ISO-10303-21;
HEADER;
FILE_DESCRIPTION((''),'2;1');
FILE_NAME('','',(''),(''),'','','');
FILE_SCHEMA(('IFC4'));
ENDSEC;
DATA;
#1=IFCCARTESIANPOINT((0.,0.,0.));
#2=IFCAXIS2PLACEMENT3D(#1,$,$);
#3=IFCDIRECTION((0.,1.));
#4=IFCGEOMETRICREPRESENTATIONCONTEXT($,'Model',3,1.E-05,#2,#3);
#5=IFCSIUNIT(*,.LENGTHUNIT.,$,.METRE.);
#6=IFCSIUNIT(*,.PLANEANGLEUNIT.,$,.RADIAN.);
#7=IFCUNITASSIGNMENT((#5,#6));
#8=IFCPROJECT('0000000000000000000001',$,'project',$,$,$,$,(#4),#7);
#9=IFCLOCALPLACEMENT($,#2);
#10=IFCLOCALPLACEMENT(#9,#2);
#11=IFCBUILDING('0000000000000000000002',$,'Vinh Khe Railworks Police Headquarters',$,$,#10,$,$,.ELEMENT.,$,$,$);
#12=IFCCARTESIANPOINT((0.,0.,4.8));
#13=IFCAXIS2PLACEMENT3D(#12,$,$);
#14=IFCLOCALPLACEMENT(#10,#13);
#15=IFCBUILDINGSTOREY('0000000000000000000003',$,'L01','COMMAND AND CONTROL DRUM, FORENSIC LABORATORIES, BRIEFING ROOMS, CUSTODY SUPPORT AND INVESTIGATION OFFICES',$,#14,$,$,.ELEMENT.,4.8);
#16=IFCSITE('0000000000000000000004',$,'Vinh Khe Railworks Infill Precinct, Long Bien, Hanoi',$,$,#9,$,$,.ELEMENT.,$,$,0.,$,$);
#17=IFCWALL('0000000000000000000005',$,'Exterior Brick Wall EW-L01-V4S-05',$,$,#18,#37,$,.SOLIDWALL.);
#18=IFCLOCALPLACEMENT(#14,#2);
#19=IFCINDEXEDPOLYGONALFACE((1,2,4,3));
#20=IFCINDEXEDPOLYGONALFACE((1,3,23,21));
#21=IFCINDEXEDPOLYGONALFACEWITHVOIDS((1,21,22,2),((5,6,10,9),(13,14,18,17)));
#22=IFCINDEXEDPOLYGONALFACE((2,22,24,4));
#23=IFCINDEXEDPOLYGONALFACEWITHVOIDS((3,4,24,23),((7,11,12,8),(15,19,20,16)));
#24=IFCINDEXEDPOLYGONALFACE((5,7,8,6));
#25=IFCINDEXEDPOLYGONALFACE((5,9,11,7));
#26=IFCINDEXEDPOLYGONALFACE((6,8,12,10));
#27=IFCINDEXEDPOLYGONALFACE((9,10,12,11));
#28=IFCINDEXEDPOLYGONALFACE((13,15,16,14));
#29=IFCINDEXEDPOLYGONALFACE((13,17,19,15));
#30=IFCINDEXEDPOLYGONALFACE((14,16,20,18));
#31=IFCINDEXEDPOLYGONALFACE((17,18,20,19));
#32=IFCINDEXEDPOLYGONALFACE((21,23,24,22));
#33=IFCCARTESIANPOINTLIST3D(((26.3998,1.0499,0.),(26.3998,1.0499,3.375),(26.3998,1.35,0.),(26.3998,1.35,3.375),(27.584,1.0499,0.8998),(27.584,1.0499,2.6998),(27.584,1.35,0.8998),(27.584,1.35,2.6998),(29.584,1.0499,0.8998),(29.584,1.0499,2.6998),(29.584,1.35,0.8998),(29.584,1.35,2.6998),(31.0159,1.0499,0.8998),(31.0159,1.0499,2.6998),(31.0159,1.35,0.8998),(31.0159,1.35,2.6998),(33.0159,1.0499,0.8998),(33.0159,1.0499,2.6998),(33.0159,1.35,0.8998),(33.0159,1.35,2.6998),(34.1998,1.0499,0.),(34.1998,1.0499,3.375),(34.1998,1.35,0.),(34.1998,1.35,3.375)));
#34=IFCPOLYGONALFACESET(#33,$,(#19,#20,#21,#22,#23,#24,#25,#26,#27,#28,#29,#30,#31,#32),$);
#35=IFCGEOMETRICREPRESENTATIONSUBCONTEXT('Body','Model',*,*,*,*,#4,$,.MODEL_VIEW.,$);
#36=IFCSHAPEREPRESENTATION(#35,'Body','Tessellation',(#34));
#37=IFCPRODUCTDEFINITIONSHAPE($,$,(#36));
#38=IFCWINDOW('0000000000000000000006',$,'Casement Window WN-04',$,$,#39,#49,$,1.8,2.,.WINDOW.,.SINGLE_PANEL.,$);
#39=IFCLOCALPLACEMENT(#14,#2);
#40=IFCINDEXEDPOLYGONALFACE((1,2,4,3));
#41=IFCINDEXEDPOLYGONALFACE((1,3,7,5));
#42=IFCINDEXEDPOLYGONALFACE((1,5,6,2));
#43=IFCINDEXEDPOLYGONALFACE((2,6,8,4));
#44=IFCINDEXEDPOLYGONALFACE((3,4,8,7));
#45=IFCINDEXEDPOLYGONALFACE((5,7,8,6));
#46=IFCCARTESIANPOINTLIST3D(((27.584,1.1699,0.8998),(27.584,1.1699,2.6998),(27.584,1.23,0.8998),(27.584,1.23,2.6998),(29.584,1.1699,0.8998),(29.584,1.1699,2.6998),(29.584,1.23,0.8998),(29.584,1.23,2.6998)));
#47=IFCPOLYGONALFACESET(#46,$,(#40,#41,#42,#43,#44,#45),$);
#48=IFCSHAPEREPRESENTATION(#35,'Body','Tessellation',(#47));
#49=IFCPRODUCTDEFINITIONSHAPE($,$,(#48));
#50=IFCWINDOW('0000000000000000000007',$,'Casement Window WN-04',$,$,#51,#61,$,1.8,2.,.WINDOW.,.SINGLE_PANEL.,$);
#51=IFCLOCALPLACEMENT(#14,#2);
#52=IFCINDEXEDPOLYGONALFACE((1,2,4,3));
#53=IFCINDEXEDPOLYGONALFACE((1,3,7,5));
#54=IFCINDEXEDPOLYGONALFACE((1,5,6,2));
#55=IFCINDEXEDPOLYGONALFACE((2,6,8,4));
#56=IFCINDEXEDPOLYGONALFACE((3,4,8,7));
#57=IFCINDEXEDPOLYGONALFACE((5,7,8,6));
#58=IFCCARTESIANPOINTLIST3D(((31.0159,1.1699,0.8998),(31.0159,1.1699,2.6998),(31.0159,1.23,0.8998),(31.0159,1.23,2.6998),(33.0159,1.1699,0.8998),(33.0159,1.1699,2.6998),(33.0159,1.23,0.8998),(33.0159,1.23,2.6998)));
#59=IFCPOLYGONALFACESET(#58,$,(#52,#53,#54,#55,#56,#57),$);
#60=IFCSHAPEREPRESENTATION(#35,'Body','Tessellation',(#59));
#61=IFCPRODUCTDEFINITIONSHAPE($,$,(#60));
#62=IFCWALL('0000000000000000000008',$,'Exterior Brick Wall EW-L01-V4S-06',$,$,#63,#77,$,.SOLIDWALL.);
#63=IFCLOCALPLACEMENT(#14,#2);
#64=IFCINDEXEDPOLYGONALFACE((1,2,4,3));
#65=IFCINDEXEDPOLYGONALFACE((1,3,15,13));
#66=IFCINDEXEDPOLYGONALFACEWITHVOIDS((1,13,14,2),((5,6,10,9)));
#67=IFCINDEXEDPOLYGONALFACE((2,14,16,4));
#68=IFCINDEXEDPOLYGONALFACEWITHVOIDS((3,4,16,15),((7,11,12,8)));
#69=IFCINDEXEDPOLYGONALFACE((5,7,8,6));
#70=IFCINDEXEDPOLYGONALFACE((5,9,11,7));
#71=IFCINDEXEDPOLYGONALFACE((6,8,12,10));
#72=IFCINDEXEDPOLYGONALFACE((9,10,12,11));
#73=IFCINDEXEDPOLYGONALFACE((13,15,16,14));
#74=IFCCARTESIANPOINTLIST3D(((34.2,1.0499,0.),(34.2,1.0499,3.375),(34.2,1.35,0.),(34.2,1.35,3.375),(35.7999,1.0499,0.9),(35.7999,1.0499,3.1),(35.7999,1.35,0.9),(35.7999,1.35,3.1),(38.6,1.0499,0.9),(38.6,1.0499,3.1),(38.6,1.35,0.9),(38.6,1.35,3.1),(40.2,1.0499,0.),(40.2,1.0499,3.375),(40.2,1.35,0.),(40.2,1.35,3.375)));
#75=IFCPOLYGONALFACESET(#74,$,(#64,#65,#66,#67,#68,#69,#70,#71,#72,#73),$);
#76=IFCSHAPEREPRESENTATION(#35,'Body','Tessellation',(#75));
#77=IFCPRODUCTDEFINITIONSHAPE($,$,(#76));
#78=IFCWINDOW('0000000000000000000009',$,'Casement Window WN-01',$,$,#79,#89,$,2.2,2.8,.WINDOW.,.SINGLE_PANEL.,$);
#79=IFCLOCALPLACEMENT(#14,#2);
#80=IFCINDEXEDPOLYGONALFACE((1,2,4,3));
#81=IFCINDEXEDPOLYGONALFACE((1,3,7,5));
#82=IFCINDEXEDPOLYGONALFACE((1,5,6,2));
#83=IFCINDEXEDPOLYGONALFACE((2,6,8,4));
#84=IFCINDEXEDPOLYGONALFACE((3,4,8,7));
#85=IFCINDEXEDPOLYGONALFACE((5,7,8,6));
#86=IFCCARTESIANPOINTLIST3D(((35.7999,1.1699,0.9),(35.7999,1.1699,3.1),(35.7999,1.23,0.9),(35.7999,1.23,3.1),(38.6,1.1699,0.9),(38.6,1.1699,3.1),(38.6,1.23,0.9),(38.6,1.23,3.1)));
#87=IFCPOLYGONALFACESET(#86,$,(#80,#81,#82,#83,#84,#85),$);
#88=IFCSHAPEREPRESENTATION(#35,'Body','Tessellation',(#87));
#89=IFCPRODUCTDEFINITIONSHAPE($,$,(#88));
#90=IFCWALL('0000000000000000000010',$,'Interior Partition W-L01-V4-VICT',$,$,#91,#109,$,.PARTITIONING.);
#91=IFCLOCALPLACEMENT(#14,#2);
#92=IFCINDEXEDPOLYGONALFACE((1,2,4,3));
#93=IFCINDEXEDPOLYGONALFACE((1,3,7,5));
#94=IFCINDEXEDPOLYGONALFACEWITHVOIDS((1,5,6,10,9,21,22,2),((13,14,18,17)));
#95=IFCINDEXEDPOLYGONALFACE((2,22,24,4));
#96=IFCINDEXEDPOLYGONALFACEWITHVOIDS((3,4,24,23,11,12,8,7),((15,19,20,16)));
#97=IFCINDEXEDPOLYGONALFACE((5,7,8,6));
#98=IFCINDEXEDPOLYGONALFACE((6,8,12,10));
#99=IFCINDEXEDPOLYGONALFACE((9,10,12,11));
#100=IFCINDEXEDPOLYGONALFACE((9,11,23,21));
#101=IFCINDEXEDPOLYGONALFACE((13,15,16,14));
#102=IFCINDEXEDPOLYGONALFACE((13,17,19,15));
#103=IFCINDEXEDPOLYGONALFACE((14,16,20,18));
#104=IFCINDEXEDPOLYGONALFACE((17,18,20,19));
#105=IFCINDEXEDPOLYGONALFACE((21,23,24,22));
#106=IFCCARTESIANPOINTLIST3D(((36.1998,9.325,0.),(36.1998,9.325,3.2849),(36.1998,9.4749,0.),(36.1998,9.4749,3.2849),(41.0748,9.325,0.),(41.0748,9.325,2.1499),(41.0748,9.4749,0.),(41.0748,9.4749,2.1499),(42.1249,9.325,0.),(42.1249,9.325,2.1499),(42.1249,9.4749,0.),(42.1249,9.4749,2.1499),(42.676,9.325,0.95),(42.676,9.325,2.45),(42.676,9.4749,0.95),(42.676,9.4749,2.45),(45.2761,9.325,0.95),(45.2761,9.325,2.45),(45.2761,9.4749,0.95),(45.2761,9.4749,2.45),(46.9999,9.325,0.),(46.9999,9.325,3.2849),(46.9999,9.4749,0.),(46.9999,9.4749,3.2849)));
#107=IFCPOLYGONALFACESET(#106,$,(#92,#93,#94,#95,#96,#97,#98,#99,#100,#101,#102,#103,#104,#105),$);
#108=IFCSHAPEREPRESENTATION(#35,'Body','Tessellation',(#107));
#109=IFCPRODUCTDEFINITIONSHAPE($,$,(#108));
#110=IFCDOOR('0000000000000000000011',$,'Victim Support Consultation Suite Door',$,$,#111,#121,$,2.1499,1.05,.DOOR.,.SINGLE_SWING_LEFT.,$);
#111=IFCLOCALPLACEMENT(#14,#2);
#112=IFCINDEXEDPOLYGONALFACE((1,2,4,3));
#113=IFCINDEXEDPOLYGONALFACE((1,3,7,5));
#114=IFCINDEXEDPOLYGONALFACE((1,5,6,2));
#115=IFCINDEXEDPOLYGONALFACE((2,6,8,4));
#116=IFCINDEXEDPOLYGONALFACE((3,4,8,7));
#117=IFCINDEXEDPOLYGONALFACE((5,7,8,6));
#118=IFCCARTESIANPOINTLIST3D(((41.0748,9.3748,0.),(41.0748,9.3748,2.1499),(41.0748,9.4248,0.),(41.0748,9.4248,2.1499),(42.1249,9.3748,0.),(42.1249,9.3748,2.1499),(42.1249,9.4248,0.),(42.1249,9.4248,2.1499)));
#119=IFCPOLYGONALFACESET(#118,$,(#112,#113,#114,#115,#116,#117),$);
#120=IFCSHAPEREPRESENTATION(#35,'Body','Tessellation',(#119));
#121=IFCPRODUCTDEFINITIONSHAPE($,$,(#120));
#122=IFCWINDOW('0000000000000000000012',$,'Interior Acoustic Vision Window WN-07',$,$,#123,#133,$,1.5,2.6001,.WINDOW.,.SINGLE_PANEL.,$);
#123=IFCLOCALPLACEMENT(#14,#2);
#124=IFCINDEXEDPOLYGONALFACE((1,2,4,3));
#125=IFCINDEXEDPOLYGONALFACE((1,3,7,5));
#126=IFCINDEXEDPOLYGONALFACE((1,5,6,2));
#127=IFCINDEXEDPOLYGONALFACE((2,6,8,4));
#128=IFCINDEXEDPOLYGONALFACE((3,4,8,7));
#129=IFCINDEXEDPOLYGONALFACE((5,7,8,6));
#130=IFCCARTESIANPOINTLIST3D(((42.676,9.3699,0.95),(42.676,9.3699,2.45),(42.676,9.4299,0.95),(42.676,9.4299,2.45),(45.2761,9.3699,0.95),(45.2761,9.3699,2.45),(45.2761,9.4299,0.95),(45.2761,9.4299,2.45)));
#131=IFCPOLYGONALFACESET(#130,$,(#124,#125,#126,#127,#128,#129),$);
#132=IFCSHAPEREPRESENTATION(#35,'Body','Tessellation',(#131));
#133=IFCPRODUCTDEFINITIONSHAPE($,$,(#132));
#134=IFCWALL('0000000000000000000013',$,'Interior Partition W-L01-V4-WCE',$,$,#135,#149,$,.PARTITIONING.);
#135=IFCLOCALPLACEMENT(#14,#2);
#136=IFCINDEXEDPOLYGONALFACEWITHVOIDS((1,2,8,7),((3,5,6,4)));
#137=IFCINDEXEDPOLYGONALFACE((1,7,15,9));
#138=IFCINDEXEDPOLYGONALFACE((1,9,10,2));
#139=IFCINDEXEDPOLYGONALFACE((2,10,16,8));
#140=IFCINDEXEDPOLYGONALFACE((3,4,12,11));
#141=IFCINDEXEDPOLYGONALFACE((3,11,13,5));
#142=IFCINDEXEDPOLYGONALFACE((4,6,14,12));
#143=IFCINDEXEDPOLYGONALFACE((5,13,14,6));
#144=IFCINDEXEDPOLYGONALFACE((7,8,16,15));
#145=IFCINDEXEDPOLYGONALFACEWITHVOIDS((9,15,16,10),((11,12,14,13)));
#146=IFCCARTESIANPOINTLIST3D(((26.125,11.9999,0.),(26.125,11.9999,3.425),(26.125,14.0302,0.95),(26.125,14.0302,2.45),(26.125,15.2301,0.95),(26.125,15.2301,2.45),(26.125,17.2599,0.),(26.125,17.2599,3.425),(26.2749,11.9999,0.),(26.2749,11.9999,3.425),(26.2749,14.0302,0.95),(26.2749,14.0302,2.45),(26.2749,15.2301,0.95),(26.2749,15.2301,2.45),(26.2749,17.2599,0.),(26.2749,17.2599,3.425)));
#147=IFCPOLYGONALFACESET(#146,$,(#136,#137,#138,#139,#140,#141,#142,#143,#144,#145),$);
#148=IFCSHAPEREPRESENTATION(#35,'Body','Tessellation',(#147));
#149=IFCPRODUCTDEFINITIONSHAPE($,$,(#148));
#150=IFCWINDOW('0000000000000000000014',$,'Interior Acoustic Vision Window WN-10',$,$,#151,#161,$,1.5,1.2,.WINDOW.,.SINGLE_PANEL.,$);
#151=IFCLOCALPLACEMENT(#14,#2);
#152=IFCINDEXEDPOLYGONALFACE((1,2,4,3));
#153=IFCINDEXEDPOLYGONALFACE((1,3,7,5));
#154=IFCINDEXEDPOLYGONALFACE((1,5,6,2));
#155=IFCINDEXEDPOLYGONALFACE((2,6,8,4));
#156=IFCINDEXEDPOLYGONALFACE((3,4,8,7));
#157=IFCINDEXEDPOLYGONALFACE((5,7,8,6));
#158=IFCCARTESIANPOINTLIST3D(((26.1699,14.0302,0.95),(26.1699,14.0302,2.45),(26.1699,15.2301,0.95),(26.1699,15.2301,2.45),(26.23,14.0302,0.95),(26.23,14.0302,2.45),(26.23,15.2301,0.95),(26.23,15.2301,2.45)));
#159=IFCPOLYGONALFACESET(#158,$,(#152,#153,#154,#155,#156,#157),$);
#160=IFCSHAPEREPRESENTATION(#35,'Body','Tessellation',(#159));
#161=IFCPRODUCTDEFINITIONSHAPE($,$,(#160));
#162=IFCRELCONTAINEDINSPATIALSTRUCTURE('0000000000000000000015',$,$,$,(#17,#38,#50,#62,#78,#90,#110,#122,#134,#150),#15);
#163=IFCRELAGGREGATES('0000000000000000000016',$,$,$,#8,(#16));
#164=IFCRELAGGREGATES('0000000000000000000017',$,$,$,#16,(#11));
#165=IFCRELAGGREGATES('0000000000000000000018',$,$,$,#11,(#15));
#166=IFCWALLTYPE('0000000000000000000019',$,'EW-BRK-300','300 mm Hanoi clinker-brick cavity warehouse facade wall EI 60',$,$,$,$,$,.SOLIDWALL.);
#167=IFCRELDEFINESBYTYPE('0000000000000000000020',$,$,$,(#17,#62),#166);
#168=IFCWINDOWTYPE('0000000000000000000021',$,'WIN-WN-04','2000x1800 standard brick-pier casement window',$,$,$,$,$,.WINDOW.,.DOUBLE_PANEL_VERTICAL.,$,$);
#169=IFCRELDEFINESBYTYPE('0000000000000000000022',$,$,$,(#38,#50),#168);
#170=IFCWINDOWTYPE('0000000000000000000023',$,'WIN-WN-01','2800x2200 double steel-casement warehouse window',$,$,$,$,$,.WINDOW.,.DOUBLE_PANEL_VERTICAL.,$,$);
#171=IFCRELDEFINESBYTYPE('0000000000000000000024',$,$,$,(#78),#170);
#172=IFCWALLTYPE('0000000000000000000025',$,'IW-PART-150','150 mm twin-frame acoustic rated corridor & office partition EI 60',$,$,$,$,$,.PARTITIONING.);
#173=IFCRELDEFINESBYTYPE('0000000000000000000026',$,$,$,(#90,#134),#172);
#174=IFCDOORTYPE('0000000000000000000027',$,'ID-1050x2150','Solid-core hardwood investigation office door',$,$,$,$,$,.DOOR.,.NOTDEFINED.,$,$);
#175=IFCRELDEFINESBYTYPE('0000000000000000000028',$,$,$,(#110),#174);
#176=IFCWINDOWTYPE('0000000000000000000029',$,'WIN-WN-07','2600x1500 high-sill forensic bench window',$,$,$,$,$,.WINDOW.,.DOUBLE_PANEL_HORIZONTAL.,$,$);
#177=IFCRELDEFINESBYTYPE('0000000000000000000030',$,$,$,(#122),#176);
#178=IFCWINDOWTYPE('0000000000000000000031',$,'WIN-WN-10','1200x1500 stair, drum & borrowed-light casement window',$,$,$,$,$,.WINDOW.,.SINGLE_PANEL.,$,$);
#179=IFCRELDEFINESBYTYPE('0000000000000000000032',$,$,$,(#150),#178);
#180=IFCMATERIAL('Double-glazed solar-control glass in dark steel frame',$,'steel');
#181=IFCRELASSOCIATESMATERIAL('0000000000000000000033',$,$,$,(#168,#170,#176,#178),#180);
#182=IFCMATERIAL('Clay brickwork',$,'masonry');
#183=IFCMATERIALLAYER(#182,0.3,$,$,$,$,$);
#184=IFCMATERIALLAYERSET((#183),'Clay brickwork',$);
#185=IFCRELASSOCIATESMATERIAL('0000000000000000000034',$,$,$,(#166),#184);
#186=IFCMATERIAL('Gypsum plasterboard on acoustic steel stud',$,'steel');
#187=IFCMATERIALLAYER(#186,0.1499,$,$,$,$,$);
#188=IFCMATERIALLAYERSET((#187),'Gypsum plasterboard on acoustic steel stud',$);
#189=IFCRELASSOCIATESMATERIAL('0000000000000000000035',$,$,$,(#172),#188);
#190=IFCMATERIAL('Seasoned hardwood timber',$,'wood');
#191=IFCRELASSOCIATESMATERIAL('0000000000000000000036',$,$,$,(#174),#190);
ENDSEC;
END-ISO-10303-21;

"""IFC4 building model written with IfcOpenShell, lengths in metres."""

from ifc_helpers import new_model, si_unit, direction, frame, frame_2d, origin, place, context, subcontext, project, spatial, rectangle, extrude, material, layer, layer_set, type_object, element, fill, save


model = new_model("IFC4")

# Units and contexts
model_context = context("Model", 3, precision=1e-05, world=origin(), true_north=direction((0.0, 1.0)))
body_context = subcontext(model_context, "Body", "Model", "MODEL_VIEW")
ifc_project = project(units=[si_unit("LENGTHUNIT", "METRE"), si_unit("PLANEANGLEUNIT", "RADIAN")], contexts=[model_context])

# Site, building, storey
site_placement = place(None, origin())
site = spatial("IfcSite", under=ifc_project, at=site_placement, Name="Vinh Khe Railworks Infill Precinct, Long Bien, Hanoi", CompositionType="ELEMENT", RefElevation=0.0)
building_placement = place(site_placement, origin())
building = spatial("IfcBuilding", under=site, at=building_placement, Name="Vinh Khe Railworks Police Headquarters", CompositionType="ELEMENT")
storey_placement = place(building_placement, frame((0.0, 0.0, 4.8)))
storey = spatial("IfcBuildingStorey", under=building, at=storey_placement, Name="L01", Description="COMMAND AND CONTROL DRUM, FORENSIC LABORATORIES, BRIEFING ROOMS, CUSTODY SUPPORT AND INVESTIGATION OFFICES", CompositionType="ELEMENT", Elevation=4.8)

# Wall, openings, windows
ifc_material_1 = material(Name="Clay brickwork", Category="masonry")
ifc_material_2 = material(Name="Double-glazed solar-control glass in dark steel frame", Category="steel")
window_type_1 = type_object("IfcWindowType", Name="WIN-WN-04", Description="2000x1800 standard brick-pier casement window", PartitioningType="DOUBLE_PANEL_VERTICAL", PredefinedType="WINDOW", material=ifc_material_2)
ifc_layer_1 = layer(ifc_material_1, 0.3)
ifc_layer_set_1 = layer_set([ifc_layer_1], Name="Clay brickwork")
wall_type_1 = type_object("IfcWallType", Name="EW-BRK-300", Description="300 mm Hanoi clinker-brick cavity warehouse facade wall EI 60", PredefinedType="SOLIDWALL", material=ifc_layer_set_1)
wall_1_placement = place(storey_placement, frame((26.3999, 1.2, 0.0), z_axis=(0.0, 0.0, 1.0), x_axis=(1.0, 0.0, 0.0)))
wall_1 = element("IfcWall", 1, at=wall_1_placement, inside=storey, type_object=wall_type_1, Name="Exterior Brick Wall EW-L01-V4S-05", PredefinedType="SOLIDWALL", context=body_context, shape_type="SweptSolid", body=[
    extrude(rectangle(XDim=7.8, YDim=0.3, at=frame_2d((3.8999, 0.0))), origin(), (0.0, 0.0, 1.0), 3.375),
])
opening_1_placement = place(wall_1_placement, frame((1.1841, 0.0, 0.8999)))
opening_1 = element("IfcOpeningElement", 2, at=opening_1_placement, cuts=wall_1, PredefinedType="OPENING", context=body_context, shape_type="SweptSolid", body=[
    extrude(rectangle(XDim=2.0, YDim=1.8, at=frame_2d((1.0, 0.8999))), frame((0.0, 0.165, 0.0), z_axis=(0.0, -1.0, 0.0), x_axis=(1.0, 0.0, 0.0)), (0.0, 0.0, 1.0), 0.3298),
])
opening_2_placement = place(wall_1_placement, frame((4.616, 0.0, 0.8999)))
opening_2 = element("IfcOpeningElement", 3, at=opening_2_placement, cuts=wall_1, PredefinedType="OPENING", context=body_context, shape_type="SweptSolid", body=[
    extrude(rectangle(XDim=2.0, YDim=1.8, at=frame_2d((1.0, 0.8999))), frame((0.0, 0.165, 0.0), z_axis=(0.0, -1.0, 0.0), x_axis=(1.0, 0.0, 0.0)), (0.0, 0.0, 1.0), 0.3298),
])
window_1_placement = place(opening_1_placement, origin())
window_1 = element("IfcWindow", 4, at=window_1_placement, inside=storey, type_object=window_type_1, Name="Casement Window WN-04", OverallHeight=1.8, OverallWidth=2.0, PartitioningType="SINGLE_PANEL", PredefinedType="WINDOW", context=body_context, shape_type="SweptSolid", body=[
    extrude(rectangle(XDim=2.0, YDim=1.8, at=frame_2d((1.0, 0.8999))), frame((0.0, 0.03, 0.0), z_axis=(0.0, -1.0, 0.0), x_axis=(1.0, 0.0, 0.0)), (0.0, 0.0, 1.0), 0.0601),
])
fill(opening_1, window_1)
window_2_placement = place(opening_2_placement, origin())
window_2 = element("IfcWindow", 5, at=window_2_placement, inside=storey, type_object=window_type_1, Name="Casement Window WN-04", OverallHeight=1.8, OverallWidth=2.0, PartitioningType="SINGLE_PANEL", PredefinedType="WINDOW", context=body_context, shape_type="SweptSolid", body=[
    extrude(rectangle(XDim=2.0, YDim=1.8, at=frame_2d((1.0, 0.8999))), frame((0.0, 0.03, 0.0), z_axis=(0.0, -1.0, 0.0), x_axis=(1.0, 0.0, 0.0)), (0.0, 0.0, 1.0), 0.0601),
])
fill(opening_2, window_2)

# Wall, opening, window
wall_2_placement = place(storey_placement, frame((34.2, 1.2, 0.0), z_axis=(0.0, 0.0, 1.0), x_axis=(1.0, 0.0, 0.0)))
wall_2 = element("IfcWall", 6, at=wall_2_placement, inside=storey, type_object=wall_type_1, Name="Exterior Brick Wall EW-L01-V4S-06", PredefinedType="SOLIDWALL", context=body_context, shape_type="SweptSolid", body=[
    extrude(rectangle(XDim=6.0, YDim=0.3, at=frame_2d((3.0, 0.0))), origin(), (0.0, 0.0, 1.0), 3.375),
])
opening_3_placement = place(wall_2_placement, frame((1.6001, 0.0, 0.8999)))
opening_3 = element("IfcOpeningElement", 7, at=opening_3_placement, cuts=wall_2, PredefinedType="OPENING", context=body_context, shape_type="SweptSolid", body=[
    extrude(rectangle(XDim=2.8, YDim=2.2, at=frame_2d((1.3999, 1.1001))), frame((0.0, 0.165, 0.0), z_axis=(0.0, -1.0, 0.0), x_axis=(1.0, 0.0, 0.0)), (0.0, 0.0, 1.0), 0.3298),
])
window_type_2 = type_object("IfcWindowType", Name="WIN-WN-01", Description="2800x2200 double steel-casement warehouse window", PartitioningType="DOUBLE_PANEL_VERTICAL", PredefinedType="WINDOW", material=ifc_material_2)
window_3_placement = place(opening_3_placement, origin())
window_3 = element("IfcWindow", 8, at=window_3_placement, inside=storey, type_object=window_type_2, Name="Casement Window WN-01", OverallHeight=2.2, OverallWidth=2.8, PartitioningType="SINGLE_PANEL", PredefinedType="WINDOW", context=body_context, shape_type="SweptSolid", body=[
    extrude(rectangle(XDim=2.8, YDim=2.2, at=frame_2d((1.3999, 1.1001))), frame((0.0, 0.03, 0.0), z_axis=(0.0, -1.0, 0.0), x_axis=(1.0, 0.0, 0.0)), (0.0, 0.0, 1.0), 0.0601),
])
fill(opening_3, window_3)

# Wall, openings, door, window
ifc_material_3 = material(Name="Gypsum plasterboard on acoustic steel stud", Category="steel")
ifc_layer_2 = layer(ifc_material_3, 0.1499)
ifc_layer_set_2 = layer_set([ifc_layer_2], Name="Gypsum plasterboard on acoustic steel stud")
wall_type_2 = type_object("IfcWallType", Name="IW-PART-150", Description="150 mm twin-frame acoustic rated corridor & office partition EI 60", PredefinedType="PARTITIONING", material=ifc_layer_set_2)
wall_3_placement = place(storey_placement, frame((36.2, 9.3999, 0.0), z_axis=(0.0, 0.0, 1.0), x_axis=(1.0, 0.0, 0.0)))
wall_3 = element("IfcWall", 9, at=wall_3_placement, inside=storey, type_object=wall_type_2, Name="Interior Partition W-L01-V4-VICT", PredefinedType="PARTITIONING", context=body_context, shape_type="SweptSolid", body=[
    extrude(rectangle(XDim=10.8, YDim=0.1499, at=frame_2d((5.3999, 0.0))), origin(), (0.0, 0.0, 1.0), 3.2849),
])
opening_4_placement = place(wall_3_placement, frame((4.875, 0.0, 0.0)))
opening_4 = element("IfcOpeningElement", 10, at=opening_4_placement, cuts=wall_3, PredefinedType="OPENING", context=body_context, shape_type="SweptSolid", body=[
    extrude(rectangle(XDim=1.05, YDim=2.1499, at=frame_2d((0.5249, 1.075))), frame((0.0, 0.0898, 0.0), z_axis=(0.0, -1.0, 0.0), x_axis=(1.0, 0.0, 0.0)), (0.0, 0.0, 1.0), 0.1797),
])
opening_5_placement = place(wall_3_placement, frame((6.4761, 0.0, 0.95)))
opening_5 = element("IfcOpeningElement", 11, at=opening_5_placement, cuts=wall_3, PredefinedType="OPENING", context=body_context, shape_type="SweptSolid", body=[
    extrude(rectangle(XDim=2.6001, YDim=1.5, at=frame_2d((1.3, 0.75))), frame((0.0, 0.0898, 0.0), z_axis=(0.0, -1.0, 0.0), x_axis=(1.0, 0.0, 0.0)), (0.0, 0.0, 1.0), 0.1797),
])
ifc_material_4 = material(Name="Seasoned hardwood timber", Category="wood")
door_type = type_object("IfcDoorType", Name="ID-1050x2150", Description="Solid-core hardwood investigation office door", OperationType="NOTDEFINED", PredefinedType="DOOR", material=ifc_material_4)
door_placement = place(opening_4_placement, origin())
door = element("IfcDoor", 12, at=door_placement, inside=storey, type_object=door_type, Name="Victim Support Consultation Suite Door", OperationType="SINGLE_SWING_LEFT", OverallHeight=2.1499, OverallWidth=1.05, PredefinedType="DOOR", context=body_context, shape_type="SweptSolid", body=[
    extrude(rectangle(XDim=1.05, YDim=2.1499, at=frame_2d((0.5249, 1.075))), frame((0.0, 0.0249, 0.0), z_axis=(0.0, -1.0, 0.0), x_axis=(1.0, 0.0, 0.0)), (0.0, 0.0, 1.0), 0.05),
])
fill(opening_4, door)
window_type_3 = type_object("IfcWindowType", Name="WIN-WN-07", Description="2600x1500 high-sill forensic bench window", PartitioningType="DOUBLE_PANEL_HORIZONTAL", PredefinedType="WINDOW", material=ifc_material_2)
window_4_placement = place(opening_5_placement, origin())
window_4 = element("IfcWindow", 13, at=window_4_placement, inside=storey, type_object=window_type_3, Name="Interior Acoustic Vision Window WN-07", OverallHeight=1.5, OverallWidth=2.6001, PartitioningType="SINGLE_PANEL", PredefinedType="WINDOW", context=body_context, shape_type="SweptSolid", body=[
    extrude(rectangle(XDim=2.6001, YDim=1.5, at=frame_2d((1.3, 0.75))), frame((0.0, 0.03, 0.0), z_axis=(0.0, -1.0, 0.0), x_axis=(1.0, 0.0, 0.0)), (0.0, 0.0, 1.0), 0.0601),
])
fill(opening_5, window_4)

# Wall, opening, window
wall_4_placement = place(storey_placement, frame((26.2, 12.0, 0.0), z_axis=(0.0, 0.0, 1.0), x_axis=(0.0, 1.0, 0.0)))
wall_4 = element("IfcWall", 14, at=wall_4_placement, inside=storey, type_object=wall_type_2, Name="Interior Partition W-L01-V4-WCE", PredefinedType="PARTITIONING", context=body_context, shape_type="SweptSolid", body=[
    extrude(rectangle(XDim=5.26, YDim=0.1499, at=frame_2d((2.6299, 0.0))), origin(), (0.0, 0.0, 1.0), 3.425),
])
opening_6_placement = place(wall_4_placement, frame((2.03, 0.0, 0.95)))
opening_6 = element("IfcOpeningElement", 15, at=opening_6_placement, cuts=wall_4, PredefinedType="OPENING", context=body_context, shape_type="SweptSolid", body=[
    extrude(rectangle(XDim=1.2, YDim=1.5, at=frame_2d((0.6001, 0.75))), frame((0.0, 0.0898, 0.0), z_axis=(0.0, -1.0, 0.0), x_axis=(1.0, 0.0, 0.0)), (0.0, 0.0, 1.0), 0.1797),
])
window_type_4 = type_object("IfcWindowType", Name="WIN-WN-10", Description="1200x1500 stair, drum & borrowed-light casement window", PartitioningType="SINGLE_PANEL", PredefinedType="WINDOW", material=ifc_material_2)
window_5_placement = place(opening_6_placement, origin())
window_5 = element("IfcWindow", 16, at=window_5_placement, inside=storey, type_object=window_type_4, Name="Interior Acoustic Vision Window WN-10", OverallHeight=1.5, OverallWidth=1.2, PartitioningType="SINGLE_PANEL", PredefinedType="WINDOW", context=body_context, shape_type="SweptSolid", body=[
    extrude(rectangle(XDim=1.2, YDim=1.5, at=frame_2d((0.6001, 0.75))), frame((0.0, 0.03, 0.0), z_axis=(0.0, -1.0, 0.0), x_axis=(1.0, 0.0, 0.0)), (0.0, 0.0, 1.0), 0.0601),
])
fill(opening_6, window_5)

save(model, "model.ifc")
